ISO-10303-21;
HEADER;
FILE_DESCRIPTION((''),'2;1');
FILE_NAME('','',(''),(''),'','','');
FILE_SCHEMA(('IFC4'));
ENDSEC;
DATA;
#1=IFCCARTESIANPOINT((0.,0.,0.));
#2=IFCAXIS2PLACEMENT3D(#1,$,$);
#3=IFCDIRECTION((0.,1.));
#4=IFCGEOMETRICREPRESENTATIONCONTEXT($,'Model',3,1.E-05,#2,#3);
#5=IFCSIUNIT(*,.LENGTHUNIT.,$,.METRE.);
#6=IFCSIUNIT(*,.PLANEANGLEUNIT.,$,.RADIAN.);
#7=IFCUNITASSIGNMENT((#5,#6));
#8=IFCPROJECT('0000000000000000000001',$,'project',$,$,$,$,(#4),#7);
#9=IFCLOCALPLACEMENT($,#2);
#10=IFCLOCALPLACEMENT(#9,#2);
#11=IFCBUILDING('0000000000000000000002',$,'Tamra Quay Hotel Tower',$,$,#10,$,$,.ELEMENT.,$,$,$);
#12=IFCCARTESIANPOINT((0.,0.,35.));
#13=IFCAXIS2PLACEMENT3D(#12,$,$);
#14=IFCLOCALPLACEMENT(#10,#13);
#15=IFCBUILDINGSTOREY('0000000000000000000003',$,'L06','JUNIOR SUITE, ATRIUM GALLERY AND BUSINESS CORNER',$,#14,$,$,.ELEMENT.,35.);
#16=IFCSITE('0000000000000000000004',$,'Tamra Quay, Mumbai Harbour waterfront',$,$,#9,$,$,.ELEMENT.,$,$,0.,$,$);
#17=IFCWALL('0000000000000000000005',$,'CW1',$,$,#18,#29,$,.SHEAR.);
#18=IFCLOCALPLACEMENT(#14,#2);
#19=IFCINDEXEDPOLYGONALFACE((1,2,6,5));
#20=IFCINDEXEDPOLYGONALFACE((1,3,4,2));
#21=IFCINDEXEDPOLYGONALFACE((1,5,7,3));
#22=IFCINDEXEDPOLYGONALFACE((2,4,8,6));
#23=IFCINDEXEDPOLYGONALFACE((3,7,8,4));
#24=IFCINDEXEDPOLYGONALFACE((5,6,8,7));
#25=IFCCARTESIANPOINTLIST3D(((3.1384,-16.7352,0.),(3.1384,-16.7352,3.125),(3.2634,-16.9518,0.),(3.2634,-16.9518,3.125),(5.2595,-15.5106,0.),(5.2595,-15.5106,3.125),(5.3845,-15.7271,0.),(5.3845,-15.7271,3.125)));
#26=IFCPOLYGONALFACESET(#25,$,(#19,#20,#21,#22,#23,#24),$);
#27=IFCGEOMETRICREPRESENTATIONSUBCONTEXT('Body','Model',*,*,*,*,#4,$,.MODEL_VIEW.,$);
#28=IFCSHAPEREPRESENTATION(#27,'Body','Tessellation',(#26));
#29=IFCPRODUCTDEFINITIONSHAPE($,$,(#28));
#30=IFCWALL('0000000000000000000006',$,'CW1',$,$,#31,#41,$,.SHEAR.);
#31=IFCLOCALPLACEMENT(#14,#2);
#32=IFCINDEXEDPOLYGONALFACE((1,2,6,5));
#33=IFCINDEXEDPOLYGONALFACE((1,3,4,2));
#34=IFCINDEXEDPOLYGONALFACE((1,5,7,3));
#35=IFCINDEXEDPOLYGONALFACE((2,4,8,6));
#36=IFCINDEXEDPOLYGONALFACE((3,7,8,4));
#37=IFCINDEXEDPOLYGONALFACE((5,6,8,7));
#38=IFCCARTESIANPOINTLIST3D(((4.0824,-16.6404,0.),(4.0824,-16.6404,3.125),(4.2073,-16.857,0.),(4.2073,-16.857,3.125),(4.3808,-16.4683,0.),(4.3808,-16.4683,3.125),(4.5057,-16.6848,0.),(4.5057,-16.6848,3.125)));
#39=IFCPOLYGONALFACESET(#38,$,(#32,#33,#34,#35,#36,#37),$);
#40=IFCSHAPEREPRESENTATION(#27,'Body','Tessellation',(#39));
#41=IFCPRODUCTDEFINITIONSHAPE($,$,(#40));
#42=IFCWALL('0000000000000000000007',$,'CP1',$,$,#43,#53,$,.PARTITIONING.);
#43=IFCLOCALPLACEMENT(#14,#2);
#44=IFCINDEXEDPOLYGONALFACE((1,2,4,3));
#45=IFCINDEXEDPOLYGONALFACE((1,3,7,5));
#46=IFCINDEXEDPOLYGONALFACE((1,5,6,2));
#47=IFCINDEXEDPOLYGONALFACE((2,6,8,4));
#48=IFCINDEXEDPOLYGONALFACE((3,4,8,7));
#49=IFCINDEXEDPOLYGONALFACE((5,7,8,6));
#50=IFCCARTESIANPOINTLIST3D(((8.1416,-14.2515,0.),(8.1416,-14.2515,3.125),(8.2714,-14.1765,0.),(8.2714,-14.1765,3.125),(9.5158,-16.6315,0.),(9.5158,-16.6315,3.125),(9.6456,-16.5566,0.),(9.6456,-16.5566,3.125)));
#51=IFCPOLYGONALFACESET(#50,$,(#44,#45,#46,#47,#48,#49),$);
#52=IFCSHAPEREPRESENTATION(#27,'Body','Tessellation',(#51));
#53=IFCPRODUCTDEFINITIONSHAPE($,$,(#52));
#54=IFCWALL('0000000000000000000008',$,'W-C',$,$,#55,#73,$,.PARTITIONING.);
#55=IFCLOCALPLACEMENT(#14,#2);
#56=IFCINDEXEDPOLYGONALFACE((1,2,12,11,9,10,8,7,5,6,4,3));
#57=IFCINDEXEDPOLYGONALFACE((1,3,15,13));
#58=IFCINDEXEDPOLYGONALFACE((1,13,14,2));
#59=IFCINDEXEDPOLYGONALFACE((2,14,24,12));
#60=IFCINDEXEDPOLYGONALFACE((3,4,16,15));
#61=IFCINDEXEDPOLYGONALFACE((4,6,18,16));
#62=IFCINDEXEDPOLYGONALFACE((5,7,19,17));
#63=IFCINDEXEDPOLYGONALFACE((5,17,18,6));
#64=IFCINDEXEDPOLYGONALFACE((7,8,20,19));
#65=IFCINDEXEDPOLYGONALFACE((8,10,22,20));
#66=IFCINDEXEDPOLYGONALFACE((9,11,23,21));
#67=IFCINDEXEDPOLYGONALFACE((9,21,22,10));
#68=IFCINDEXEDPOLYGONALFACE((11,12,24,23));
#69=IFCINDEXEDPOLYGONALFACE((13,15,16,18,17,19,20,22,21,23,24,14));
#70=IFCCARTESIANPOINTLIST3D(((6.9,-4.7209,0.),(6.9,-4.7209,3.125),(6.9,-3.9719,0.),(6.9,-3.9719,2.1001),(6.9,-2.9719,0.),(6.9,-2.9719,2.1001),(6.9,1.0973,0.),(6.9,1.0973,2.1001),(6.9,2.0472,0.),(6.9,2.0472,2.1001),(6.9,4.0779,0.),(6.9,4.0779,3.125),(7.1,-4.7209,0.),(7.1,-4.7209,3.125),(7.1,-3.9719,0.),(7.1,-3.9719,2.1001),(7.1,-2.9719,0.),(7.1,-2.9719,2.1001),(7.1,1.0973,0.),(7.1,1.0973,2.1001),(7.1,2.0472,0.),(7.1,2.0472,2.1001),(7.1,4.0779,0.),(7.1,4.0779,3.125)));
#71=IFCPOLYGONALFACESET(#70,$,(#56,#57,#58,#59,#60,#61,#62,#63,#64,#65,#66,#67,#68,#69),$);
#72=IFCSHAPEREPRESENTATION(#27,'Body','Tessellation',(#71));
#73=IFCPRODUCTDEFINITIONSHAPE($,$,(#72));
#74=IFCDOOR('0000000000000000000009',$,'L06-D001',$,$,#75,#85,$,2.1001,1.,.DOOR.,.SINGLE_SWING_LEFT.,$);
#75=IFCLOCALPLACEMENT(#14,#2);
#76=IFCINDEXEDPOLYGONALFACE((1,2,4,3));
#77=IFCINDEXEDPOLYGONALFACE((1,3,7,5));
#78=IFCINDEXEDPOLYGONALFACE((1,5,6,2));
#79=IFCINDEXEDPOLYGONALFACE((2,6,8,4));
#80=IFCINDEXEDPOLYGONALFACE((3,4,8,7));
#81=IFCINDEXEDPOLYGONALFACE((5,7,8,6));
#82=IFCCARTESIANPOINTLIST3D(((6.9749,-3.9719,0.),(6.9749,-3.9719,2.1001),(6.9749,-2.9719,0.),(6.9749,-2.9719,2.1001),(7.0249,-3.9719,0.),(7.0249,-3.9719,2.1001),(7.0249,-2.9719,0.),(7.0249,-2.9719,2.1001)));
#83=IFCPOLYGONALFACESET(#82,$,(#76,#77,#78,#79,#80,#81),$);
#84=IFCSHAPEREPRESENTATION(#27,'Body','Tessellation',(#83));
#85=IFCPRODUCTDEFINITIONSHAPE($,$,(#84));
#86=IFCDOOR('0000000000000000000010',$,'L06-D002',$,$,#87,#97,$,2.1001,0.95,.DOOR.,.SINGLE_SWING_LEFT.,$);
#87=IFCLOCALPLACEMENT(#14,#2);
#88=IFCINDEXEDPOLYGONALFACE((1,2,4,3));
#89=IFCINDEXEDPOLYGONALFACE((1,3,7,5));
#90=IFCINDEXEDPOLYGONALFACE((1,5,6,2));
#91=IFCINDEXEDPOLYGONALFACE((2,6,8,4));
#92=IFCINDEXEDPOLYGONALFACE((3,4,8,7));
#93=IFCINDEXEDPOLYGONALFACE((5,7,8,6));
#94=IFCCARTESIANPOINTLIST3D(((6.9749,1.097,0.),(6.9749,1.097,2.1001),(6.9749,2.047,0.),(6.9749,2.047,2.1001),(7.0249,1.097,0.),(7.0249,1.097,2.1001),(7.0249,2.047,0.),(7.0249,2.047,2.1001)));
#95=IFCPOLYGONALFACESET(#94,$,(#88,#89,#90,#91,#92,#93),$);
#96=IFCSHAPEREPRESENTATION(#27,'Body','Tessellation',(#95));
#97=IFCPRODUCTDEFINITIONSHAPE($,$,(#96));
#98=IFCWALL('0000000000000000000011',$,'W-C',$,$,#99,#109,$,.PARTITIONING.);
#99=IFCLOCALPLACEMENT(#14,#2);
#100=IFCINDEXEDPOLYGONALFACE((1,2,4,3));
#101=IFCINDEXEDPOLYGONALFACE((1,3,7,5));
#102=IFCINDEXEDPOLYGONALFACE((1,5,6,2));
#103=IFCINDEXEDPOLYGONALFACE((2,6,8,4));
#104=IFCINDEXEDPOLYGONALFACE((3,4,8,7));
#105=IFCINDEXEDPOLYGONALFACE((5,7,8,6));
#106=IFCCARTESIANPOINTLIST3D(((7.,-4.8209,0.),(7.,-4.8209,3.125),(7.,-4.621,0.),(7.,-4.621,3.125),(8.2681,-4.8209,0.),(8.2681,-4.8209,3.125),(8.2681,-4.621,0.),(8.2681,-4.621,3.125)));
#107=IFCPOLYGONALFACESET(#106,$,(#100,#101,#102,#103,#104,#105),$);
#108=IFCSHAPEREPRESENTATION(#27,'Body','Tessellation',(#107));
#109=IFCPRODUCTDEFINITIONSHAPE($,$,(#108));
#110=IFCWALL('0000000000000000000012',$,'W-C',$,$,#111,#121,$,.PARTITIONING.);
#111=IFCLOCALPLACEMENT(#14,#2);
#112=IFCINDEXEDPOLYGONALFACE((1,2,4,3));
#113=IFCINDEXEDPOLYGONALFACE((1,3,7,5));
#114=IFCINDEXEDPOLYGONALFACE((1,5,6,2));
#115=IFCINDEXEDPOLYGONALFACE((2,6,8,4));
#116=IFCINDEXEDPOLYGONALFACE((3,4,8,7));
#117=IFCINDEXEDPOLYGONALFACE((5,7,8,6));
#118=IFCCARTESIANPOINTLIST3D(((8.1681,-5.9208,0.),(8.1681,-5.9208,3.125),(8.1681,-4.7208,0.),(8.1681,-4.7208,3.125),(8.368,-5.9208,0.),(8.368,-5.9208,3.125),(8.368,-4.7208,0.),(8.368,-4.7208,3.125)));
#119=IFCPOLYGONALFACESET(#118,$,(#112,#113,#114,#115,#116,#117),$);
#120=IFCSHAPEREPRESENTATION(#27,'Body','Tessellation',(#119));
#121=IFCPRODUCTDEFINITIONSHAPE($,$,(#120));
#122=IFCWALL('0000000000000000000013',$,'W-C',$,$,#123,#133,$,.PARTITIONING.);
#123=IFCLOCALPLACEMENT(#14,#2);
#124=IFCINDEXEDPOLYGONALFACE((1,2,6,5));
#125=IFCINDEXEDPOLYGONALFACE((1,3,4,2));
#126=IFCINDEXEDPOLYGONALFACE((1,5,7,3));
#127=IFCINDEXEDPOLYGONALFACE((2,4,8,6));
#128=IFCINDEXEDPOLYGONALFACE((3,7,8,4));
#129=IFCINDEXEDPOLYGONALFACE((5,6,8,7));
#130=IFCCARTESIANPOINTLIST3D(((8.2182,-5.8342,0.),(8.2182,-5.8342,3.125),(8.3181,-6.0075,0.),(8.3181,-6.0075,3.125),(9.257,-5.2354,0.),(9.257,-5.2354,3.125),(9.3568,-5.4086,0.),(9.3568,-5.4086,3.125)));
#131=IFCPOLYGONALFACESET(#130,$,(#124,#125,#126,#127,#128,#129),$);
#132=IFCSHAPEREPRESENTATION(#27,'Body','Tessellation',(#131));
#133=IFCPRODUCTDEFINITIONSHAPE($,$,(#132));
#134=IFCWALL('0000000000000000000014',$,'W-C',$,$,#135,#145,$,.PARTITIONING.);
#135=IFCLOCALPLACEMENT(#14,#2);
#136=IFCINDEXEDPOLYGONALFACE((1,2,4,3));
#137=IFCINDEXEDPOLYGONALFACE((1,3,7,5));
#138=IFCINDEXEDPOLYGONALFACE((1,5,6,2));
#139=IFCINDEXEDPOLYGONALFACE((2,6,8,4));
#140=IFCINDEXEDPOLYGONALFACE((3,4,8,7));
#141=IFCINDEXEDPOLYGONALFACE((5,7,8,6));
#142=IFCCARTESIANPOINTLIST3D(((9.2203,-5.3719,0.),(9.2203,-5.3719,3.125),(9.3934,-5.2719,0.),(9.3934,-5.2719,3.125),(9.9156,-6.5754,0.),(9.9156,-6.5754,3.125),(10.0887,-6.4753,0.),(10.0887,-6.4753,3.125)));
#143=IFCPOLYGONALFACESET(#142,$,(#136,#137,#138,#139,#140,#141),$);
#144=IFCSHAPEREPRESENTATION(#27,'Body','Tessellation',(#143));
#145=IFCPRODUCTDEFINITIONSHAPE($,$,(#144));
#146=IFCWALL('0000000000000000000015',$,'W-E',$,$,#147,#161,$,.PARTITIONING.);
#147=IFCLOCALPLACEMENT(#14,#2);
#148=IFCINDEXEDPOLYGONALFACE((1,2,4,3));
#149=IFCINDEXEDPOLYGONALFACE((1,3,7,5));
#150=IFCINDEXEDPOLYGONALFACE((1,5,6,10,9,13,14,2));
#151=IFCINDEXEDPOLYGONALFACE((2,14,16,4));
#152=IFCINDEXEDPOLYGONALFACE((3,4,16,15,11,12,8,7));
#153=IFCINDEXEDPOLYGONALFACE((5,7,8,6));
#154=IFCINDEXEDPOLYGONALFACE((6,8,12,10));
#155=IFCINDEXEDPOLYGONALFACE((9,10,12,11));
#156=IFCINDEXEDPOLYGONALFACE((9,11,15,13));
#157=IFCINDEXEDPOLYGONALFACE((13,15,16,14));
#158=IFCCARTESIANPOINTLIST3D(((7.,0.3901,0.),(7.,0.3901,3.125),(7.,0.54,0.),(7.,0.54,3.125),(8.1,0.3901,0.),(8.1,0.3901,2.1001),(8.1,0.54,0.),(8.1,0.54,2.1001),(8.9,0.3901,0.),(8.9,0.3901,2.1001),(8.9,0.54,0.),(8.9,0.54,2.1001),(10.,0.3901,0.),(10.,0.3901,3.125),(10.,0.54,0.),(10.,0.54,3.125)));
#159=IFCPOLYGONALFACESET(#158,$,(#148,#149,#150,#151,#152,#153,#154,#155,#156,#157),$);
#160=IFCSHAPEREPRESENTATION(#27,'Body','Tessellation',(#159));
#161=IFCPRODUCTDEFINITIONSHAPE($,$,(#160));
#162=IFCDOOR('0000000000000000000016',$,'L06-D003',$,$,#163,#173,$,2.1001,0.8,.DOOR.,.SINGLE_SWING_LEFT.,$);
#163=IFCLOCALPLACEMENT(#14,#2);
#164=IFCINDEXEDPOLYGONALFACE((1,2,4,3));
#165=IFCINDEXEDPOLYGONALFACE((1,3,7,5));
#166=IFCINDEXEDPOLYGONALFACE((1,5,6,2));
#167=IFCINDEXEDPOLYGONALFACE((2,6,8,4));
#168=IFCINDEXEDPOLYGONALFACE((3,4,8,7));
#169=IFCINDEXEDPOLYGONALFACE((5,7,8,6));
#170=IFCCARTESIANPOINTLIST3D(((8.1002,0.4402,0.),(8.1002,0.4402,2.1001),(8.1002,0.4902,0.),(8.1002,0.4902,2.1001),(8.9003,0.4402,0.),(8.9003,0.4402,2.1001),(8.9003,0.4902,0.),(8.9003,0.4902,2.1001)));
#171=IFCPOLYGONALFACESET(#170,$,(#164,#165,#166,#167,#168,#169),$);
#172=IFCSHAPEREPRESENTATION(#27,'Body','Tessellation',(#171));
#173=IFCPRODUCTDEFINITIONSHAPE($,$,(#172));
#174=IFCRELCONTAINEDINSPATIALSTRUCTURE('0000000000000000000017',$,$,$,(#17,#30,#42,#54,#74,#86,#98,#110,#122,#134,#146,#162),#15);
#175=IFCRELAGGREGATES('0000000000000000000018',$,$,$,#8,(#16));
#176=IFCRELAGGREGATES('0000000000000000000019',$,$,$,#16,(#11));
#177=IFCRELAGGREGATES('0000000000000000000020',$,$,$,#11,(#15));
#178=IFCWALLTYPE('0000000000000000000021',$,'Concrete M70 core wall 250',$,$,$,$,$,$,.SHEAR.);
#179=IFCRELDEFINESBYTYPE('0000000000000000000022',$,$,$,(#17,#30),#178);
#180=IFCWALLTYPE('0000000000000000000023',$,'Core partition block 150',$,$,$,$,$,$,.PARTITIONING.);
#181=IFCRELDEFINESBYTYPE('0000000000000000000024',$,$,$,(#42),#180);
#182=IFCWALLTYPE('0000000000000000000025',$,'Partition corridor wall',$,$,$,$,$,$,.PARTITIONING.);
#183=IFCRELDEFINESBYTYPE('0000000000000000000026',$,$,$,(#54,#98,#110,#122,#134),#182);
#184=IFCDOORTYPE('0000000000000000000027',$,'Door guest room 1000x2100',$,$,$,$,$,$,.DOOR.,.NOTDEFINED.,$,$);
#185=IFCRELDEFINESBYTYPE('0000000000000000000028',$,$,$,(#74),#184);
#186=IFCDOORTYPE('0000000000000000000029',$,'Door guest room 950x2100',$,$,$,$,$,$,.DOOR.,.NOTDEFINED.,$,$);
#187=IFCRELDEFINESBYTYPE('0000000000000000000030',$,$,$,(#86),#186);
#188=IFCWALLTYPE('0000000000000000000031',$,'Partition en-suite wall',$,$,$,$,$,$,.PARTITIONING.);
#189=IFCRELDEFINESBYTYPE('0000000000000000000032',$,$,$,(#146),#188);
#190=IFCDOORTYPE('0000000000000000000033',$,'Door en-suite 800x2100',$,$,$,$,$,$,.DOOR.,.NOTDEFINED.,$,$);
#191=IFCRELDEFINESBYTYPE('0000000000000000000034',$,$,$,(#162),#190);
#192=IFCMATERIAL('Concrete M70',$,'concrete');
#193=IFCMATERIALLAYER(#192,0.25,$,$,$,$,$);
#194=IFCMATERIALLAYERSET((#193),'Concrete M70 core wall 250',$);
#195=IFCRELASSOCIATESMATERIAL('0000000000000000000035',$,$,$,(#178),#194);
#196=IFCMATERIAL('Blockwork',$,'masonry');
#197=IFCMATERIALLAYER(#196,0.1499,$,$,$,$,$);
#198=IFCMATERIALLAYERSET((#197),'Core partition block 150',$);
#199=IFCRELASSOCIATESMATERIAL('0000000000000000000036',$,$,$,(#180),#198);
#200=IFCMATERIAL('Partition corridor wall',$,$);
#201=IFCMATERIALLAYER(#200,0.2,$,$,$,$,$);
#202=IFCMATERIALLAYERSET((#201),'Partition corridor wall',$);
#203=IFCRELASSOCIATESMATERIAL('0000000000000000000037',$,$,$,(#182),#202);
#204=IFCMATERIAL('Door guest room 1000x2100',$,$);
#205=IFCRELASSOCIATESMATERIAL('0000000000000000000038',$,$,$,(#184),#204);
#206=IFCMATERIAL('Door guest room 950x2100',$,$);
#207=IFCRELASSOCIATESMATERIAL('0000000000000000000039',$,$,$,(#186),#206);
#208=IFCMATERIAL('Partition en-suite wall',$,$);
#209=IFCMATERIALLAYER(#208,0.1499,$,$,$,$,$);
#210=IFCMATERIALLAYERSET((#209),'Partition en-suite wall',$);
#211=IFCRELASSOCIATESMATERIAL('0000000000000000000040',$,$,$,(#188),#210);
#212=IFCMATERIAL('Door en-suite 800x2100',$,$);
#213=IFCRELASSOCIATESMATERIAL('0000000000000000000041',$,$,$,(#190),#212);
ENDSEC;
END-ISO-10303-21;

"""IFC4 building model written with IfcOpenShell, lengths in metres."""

from ifc_helpers import new_model, si_unit, direction, frame, frame_2d, origin, place, context, subcontext, project, spatial, rectangle, extrude, material, layer, layer_set, type_object, element, fill, save


model = new_model("IFC4")

# Units and contexts
model_context = context("Model", 3, precision=1e-05, world=origin(), true_north=direction((0.0, 1.0)))
body_context = subcontext(model_context, "Body", "Model", "MODEL_VIEW")
ifc_project = project(units=[si_unit("LENGTHUNIT", "METRE"), si_unit("PLANEANGLEUNIT", "RADIAN")], contexts=[model_context])

# Site, building, storey
site_placement = place(None, origin())
site = spatial("IfcSite", under=ifc_project, at=site_placement, Name="Tamra Quay, Mumbai Harbour waterfront", CompositionType="ELEMENT", RefElevation=0.0)
building_placement = place(site_placement, origin())
building = spatial("IfcBuilding", under=site, at=building_placement, Name="Tamra Quay Hotel Tower", CompositionType="ELEMENT")
storey_placement = place(building_placement, frame((0.0, 0.0, 35.0)))
storey = spatial("IfcBuildingStorey", under=building, at=storey_placement, Name="L06", Description="JUNIOR SUITE, ATRIUM GALLERY AND BUSINESS CORNER", CompositionType="ELEMENT", Elevation=35.0)

# Shared definitions
ifc_material_1 = material(Name="Concrete M70", Category="concrete")

# Walls
ifc_layer_1 = layer(ifc_material_1, 0.25)
ifc_layer_set_1 = layer_set([ifc_layer_1], Name="Concrete M70 core wall 250")
wall_type_1 = type_object("IfcWallType", Name="Concrete M70 core wall 250", PredefinedType="SHEAR", material=ifc_layer_set_1)
wall_1_placement = place(storey_placement, frame((5.322, -15.6189, 0.0), z_axis=(0.0, 0.0, 1.0), x_axis=(-0.866026, -0.499999, 0.0)))
element("IfcWall", 1, at=wall_1_placement, inside=storey, type_object=wall_type_1, Name="CW1", PredefinedType="SHEAR", context=body_context, shape_type="SweptSolid", body=[
    extrude(rectangle(XDim=2.4492, YDim=0.25, at=frame_2d((1.2246, 0.0))), origin(), (0.0, 0.0, 1.0), 3.125),
])
wall_2_placement = place(storey_placement, frame((4.1448, -16.7488, 0.0), z_axis=(0.0, 0.0, 1.0), x_axis=(0.866186, 0.499722, 0.0)))
element("IfcWall", 2, at=wall_2_placement, inside=storey, type_object=wall_type_1, Name="CW1", PredefinedType="SHEAR", context=body_context, shape_type="SweptSolid", body=[
    extrude(rectangle(XDim=0.3445, YDim=0.25, at=frame_2d((0.1724, 0.0))), origin(), (0.0, 0.0, 1.0), 3.125),
])
ifc_material_2 = material(Name="Blockwork", Category="masonry")
ifc_layer_2 = layer(ifc_material_2, 0.1499)
ifc_layer_set_2 = layer_set([ifc_layer_2], Name="Core partition block 150")
wall_type_2 = type_object("IfcWallType", Name="Core partition block 150", PredefinedType="PARTITIONING", material=ifc_layer_set_2)
wall_3_placement = place(storey_placement, frame((8.2065, -14.2141, 0.0), z_axis=(0.0, 0.0, 1.0), x_axis=(0.500027, -0.86601, 0.0)))
element("IfcWall", 3, at=wall_3_placement, inside=storey, type_object=wall_type_2, Name="CP1", PredefinedType="PARTITIONING", context=body_context, shape_type="SweptSolid", body=[
    extrude(rectangle(XDim=2.7483, YDim=0.1499, at=frame_2d((1.374, 0.0))), origin(), (0.0, 0.0, 1.0), 3.125),
])

# Wall, openings, doors
ifc_material_3 = material(Name="Partition corridor wall")
ifc_layer_3 = layer(ifc_material_3, 0.2)
ifc_layer_set_3 = layer_set([ifc_layer_3], Name="Partition corridor wall")
wall_type_3 = type_object("IfcWallType", Name="Partition corridor wall", PredefinedType="PARTITIONING", material=ifc_layer_set_3)
wall_4_placement = place(storey_placement, frame((7.0, -4.7209, 0.0), z_axis=(0.0, 0.0, 1.0), x_axis=(0.0, 1.0, 0.0)))
wall_4 = element("IfcWall", 4, at=wall_4_placement, inside=storey, type_object=wall_type_3, Name="W-C", PredefinedType="PARTITIONING", context=body_context, shape_type="SweptSolid", body=[
    extrude(rectangle(XDim=8.7988, YDim=0.2, at=frame_2d((4.3994, 0.0))), origin(), (0.0, 0.0, 1.0), 3.125),
])
opening_1_placement = place(wall_4_placement, frame((0.749, 0.0, 0.0)))
opening_1 = element("IfcOpeningElement", 5, at=opening_1_placement, cuts=wall_4, PredefinedType="OPENING", context=body_context, shape_type="SweptSolid", body=[
    extrude(rectangle(XDim=1.0, YDim=2.1001, at=frame_2d((0.5, 1.05))), frame((0.0, 0.1099, 0.0), z_axis=(0.0, -1.0, 0.0), x_axis=(1.0, 0.0, 0.0)), (0.0, 0.0, 1.0), 0.22),
])
opening_2_placement = place(wall_4_placement, frame((5.8181, 0.0, 0.0)))
opening_2 = element("IfcOpeningElement", 6, at=opening_2_placement, cuts=wall_4, PredefinedType="OPENING", context=body_context, shape_type="SweptSolid", body=[
    extrude(rectangle(XDim=0.95, YDim=2.1001, at=frame_2d((0.4751, 1.05))), frame((0.0, 0.1099, 0.0), z_axis=(0.0, -1.0, 0.0), x_axis=(1.0, 0.0, 0.0)), (0.0, 0.0, 1.0), 0.22),
])
ifc_material_4 = material(Name="Door guest room 1000x2100")
door_type_1 = type_object("IfcDoorType", Name="Door guest room 1000x2100", OperationType="NOTDEFINED", PredefinedType="DOOR", material=ifc_material_4)
door_1_placement = place(opening_1_placement, frame((1.0, 0.0, 0.0), z_axis=(0.0, 0.0, 1.0), x_axis=(-1.0, 0.0, 0.0)))
door_1 = element("IfcDoor", 7, at=door_1_placement, inside=storey, type_object=door_type_1, Name="L06-D001", OperationType="SINGLE_SWING_LEFT", OverallHeight=2.1001, OverallWidth=1.0, PredefinedType="DOOR", context=body_context, shape_type="SweptSolid", body=[
    extrude(rectangle(XDim=1.0, YDim=2.1001, at=frame_2d((0.5, 1.05))), frame((0.0, 0.0249, 0.0), z_axis=(0.0, -1.0, 0.0), x_axis=(1.0, 0.0, 0.0)), (0.0, 0.0, 1.0), 0.05),
])
fill(opening_1, door_1)
ifc_material_5 = material(Name="Door guest room 950x2100")
door_type_2 = type_object("IfcDoorType", Name="Door guest room 950x2100", OperationType="NOTDEFINED", PredefinedType="DOOR", material=ifc_material_5)
door_2_placement = place(opening_2_placement, frame((0.95, 0.0, 0.0), z_axis=(0.0, 0.0, 1.0), x_axis=(-1.0, 0.0, 0.0)))
door_2 = element("IfcDoor", 8, at=door_2_placement, inside=storey, type_object=door_type_2, Name="L06-D002", OperationType="SINGLE_SWING_LEFT", OverallHeight=2.1001, OverallWidth=0.95, PredefinedType="DOOR", context=body_context, shape_type="SweptSolid", body=[
    extrude(rectangle(XDim=0.95, YDim=2.1001, at=frame_2d((0.4751, 1.05))), frame((0.0, 0.0249, 0.0), z_axis=(0.0, -1.0, 0.0), x_axis=(1.0, 0.0, 0.0)), (0.0, 0.0, 1.0), 0.05),
])
fill(opening_2, door_2)

# Walls
wall_5_placement = place(storey_placement, frame((7.0, -4.7209, 0.0), z_axis=(0.0, 0.0, 1.0), x_axis=(1.0, 0.0, 0.0)))
element("IfcWall", 9, at=wall_5_placement, inside=storey, type_object=wall_type_3, Name="W-C", PredefinedType="PARTITIONING", context=body_context, shape_type="SweptSolid", body=[
    extrude(rectangle(XDim=1.2681, YDim=0.2, at=frame_2d((0.634, 0.0))), origin(), (0.0, 0.0, 1.0), 3.125),
])
wall_6_placement = place(storey_placement, frame((8.2681, -5.9209, 0.0), z_axis=(0.0, 0.0, 1.0), x_axis=(0.0, 1.0, 0.0)))
element("IfcWall", 10, at=wall_6_placement, inside=storey, type_object=wall_type_3, Name="W-C", PredefinedType="PARTITIONING", context=body_context, shape_type="SweptSolid", body=[
    extrude(rectangle(XDim=1.2, YDim=0.2, at=frame_2d((0.6001, 0.0))), origin(), (0.0, 0.0, 1.0), 3.125),
])
wall_7_placement = place(storey_placement, frame((8.2681, -5.9209, 0.0), z_axis=(0.0, 0.0, 1.0), x_axis=(0.866345, 0.499446, 0.0)))
element("IfcWall", 11, at=wall_7_placement, inside=storey, type_object=wall_type_3, Name="W-C", PredefinedType="PARTITIONING", context=body_context, shape_type="SweptSolid", body=[
    extrude(rectangle(XDim=1.199, YDim=0.2, at=frame_2d((0.5996, 0.0))), origin(), (0.0, 0.0, 1.0), 3.125),
])
wall_8_placement = place(storey_placement, frame((9.3069, -5.322, 0.0), z_axis=(0.0, 0.0, 1.0), x_axis=(0.500295, -0.865855, 0.0)))
element("IfcWall", 12, at=wall_8_placement, inside=storey, type_object=wall_type_3, Name="W-C", PredefinedType="PARTITIONING", context=body_context, shape_type="SweptSolid", body=[
    extrude(rectangle(XDim=1.3899, YDim=0.2, at=frame_2d((0.6948, 0.0))), origin(), (0.0, 0.0, 1.0), 3.125),
])

# Wall, opening, door
ifc_material_6 = material(Name="Partition en-suite wall")
ifc_layer_4 = layer(ifc_material_6, 0.1499)
ifc_layer_set_4 = layer_set([ifc_layer_4], Name="Partition en-suite wall")
wall_type_4 = type_object("IfcWallType", Name="Partition en-suite wall", PredefinedType="PARTITIONING", material=ifc_layer_set_4)
wall_9_placement = place(storey_placement, frame((7.0, 0.4651, 0.0), z_axis=(0.0, 0.0, 1.0), x_axis=(1.0, 0.0, 0.0)))
wall_9 = element("IfcWall", 13, at=wall_9_placement, inside=storey, type_object=wall_type_4, Name="W-E", PredefinedType="PARTITIONING", context=body_context, shape_type="SweptSolid", body=[
    extrude(rectangle(XDim=3.0, YDim=0.1499, at=frame_2d((1.5, 0.0))), origin(), (0.0, 0.0, 1.0), 3.125),
])
opening_3_placement = place(wall_9_placement, frame((1.1001, 0.0, 0.0)))
opening_3 = element("IfcOpeningElement", 14, at=opening_3_placement, cuts=wall_9, PredefinedType="OPENING", context=body_context, shape_type="SweptSolid", body=[
    extrude(rectangle(XDim=0.8, YDim=2.1001, at=frame_2d((0.3999, 1.05))), frame((0.0, 0.085, 0.0), z_axis=(0.0, -1.0, 0.0), x_axis=(1.0, 0.0, 0.0)), (0.0, 0.0, 1.0), 0.1699),
])
ifc_material_7 = material(Name="Door en-suite 800x2100")
door_type_3 = type_object("IfcDoorType", Name="Door en-suite 800x2100", OperationType="NOTDEFINED", PredefinedType="DOOR", material=ifc_material_7)
door_3_placement = place(opening_3_placement, frame((0.8, 0.0, 0.0), z_axis=(0.0, 0.0, 1.0), x_axis=(-1.0, 0.0, 0.0)))
door_3 = element("IfcDoor", 15, at=door_3_placement, inside=storey, type_object=door_type_3, Name="L06-D003", OperationType="SINGLE_SWING_LEFT", OverallHeight=2.1001, OverallWidth=0.8, PredefinedType="DOOR", context=body_context, shape_type="SweptSolid", body=[
    extrude(rectangle(XDim=0.8, YDim=2.1001, at=frame_2d((0.3999, 1.05))), frame((0.0, 0.0249, 0.0), z_axis=(0.0, -1.0, 0.0), x_axis=(1.0, 0.0, 0.0)), (0.0, 0.0, 1.0), 0.05),
])
fill(opening_3, door_3)

save(model, "model.ifc")
